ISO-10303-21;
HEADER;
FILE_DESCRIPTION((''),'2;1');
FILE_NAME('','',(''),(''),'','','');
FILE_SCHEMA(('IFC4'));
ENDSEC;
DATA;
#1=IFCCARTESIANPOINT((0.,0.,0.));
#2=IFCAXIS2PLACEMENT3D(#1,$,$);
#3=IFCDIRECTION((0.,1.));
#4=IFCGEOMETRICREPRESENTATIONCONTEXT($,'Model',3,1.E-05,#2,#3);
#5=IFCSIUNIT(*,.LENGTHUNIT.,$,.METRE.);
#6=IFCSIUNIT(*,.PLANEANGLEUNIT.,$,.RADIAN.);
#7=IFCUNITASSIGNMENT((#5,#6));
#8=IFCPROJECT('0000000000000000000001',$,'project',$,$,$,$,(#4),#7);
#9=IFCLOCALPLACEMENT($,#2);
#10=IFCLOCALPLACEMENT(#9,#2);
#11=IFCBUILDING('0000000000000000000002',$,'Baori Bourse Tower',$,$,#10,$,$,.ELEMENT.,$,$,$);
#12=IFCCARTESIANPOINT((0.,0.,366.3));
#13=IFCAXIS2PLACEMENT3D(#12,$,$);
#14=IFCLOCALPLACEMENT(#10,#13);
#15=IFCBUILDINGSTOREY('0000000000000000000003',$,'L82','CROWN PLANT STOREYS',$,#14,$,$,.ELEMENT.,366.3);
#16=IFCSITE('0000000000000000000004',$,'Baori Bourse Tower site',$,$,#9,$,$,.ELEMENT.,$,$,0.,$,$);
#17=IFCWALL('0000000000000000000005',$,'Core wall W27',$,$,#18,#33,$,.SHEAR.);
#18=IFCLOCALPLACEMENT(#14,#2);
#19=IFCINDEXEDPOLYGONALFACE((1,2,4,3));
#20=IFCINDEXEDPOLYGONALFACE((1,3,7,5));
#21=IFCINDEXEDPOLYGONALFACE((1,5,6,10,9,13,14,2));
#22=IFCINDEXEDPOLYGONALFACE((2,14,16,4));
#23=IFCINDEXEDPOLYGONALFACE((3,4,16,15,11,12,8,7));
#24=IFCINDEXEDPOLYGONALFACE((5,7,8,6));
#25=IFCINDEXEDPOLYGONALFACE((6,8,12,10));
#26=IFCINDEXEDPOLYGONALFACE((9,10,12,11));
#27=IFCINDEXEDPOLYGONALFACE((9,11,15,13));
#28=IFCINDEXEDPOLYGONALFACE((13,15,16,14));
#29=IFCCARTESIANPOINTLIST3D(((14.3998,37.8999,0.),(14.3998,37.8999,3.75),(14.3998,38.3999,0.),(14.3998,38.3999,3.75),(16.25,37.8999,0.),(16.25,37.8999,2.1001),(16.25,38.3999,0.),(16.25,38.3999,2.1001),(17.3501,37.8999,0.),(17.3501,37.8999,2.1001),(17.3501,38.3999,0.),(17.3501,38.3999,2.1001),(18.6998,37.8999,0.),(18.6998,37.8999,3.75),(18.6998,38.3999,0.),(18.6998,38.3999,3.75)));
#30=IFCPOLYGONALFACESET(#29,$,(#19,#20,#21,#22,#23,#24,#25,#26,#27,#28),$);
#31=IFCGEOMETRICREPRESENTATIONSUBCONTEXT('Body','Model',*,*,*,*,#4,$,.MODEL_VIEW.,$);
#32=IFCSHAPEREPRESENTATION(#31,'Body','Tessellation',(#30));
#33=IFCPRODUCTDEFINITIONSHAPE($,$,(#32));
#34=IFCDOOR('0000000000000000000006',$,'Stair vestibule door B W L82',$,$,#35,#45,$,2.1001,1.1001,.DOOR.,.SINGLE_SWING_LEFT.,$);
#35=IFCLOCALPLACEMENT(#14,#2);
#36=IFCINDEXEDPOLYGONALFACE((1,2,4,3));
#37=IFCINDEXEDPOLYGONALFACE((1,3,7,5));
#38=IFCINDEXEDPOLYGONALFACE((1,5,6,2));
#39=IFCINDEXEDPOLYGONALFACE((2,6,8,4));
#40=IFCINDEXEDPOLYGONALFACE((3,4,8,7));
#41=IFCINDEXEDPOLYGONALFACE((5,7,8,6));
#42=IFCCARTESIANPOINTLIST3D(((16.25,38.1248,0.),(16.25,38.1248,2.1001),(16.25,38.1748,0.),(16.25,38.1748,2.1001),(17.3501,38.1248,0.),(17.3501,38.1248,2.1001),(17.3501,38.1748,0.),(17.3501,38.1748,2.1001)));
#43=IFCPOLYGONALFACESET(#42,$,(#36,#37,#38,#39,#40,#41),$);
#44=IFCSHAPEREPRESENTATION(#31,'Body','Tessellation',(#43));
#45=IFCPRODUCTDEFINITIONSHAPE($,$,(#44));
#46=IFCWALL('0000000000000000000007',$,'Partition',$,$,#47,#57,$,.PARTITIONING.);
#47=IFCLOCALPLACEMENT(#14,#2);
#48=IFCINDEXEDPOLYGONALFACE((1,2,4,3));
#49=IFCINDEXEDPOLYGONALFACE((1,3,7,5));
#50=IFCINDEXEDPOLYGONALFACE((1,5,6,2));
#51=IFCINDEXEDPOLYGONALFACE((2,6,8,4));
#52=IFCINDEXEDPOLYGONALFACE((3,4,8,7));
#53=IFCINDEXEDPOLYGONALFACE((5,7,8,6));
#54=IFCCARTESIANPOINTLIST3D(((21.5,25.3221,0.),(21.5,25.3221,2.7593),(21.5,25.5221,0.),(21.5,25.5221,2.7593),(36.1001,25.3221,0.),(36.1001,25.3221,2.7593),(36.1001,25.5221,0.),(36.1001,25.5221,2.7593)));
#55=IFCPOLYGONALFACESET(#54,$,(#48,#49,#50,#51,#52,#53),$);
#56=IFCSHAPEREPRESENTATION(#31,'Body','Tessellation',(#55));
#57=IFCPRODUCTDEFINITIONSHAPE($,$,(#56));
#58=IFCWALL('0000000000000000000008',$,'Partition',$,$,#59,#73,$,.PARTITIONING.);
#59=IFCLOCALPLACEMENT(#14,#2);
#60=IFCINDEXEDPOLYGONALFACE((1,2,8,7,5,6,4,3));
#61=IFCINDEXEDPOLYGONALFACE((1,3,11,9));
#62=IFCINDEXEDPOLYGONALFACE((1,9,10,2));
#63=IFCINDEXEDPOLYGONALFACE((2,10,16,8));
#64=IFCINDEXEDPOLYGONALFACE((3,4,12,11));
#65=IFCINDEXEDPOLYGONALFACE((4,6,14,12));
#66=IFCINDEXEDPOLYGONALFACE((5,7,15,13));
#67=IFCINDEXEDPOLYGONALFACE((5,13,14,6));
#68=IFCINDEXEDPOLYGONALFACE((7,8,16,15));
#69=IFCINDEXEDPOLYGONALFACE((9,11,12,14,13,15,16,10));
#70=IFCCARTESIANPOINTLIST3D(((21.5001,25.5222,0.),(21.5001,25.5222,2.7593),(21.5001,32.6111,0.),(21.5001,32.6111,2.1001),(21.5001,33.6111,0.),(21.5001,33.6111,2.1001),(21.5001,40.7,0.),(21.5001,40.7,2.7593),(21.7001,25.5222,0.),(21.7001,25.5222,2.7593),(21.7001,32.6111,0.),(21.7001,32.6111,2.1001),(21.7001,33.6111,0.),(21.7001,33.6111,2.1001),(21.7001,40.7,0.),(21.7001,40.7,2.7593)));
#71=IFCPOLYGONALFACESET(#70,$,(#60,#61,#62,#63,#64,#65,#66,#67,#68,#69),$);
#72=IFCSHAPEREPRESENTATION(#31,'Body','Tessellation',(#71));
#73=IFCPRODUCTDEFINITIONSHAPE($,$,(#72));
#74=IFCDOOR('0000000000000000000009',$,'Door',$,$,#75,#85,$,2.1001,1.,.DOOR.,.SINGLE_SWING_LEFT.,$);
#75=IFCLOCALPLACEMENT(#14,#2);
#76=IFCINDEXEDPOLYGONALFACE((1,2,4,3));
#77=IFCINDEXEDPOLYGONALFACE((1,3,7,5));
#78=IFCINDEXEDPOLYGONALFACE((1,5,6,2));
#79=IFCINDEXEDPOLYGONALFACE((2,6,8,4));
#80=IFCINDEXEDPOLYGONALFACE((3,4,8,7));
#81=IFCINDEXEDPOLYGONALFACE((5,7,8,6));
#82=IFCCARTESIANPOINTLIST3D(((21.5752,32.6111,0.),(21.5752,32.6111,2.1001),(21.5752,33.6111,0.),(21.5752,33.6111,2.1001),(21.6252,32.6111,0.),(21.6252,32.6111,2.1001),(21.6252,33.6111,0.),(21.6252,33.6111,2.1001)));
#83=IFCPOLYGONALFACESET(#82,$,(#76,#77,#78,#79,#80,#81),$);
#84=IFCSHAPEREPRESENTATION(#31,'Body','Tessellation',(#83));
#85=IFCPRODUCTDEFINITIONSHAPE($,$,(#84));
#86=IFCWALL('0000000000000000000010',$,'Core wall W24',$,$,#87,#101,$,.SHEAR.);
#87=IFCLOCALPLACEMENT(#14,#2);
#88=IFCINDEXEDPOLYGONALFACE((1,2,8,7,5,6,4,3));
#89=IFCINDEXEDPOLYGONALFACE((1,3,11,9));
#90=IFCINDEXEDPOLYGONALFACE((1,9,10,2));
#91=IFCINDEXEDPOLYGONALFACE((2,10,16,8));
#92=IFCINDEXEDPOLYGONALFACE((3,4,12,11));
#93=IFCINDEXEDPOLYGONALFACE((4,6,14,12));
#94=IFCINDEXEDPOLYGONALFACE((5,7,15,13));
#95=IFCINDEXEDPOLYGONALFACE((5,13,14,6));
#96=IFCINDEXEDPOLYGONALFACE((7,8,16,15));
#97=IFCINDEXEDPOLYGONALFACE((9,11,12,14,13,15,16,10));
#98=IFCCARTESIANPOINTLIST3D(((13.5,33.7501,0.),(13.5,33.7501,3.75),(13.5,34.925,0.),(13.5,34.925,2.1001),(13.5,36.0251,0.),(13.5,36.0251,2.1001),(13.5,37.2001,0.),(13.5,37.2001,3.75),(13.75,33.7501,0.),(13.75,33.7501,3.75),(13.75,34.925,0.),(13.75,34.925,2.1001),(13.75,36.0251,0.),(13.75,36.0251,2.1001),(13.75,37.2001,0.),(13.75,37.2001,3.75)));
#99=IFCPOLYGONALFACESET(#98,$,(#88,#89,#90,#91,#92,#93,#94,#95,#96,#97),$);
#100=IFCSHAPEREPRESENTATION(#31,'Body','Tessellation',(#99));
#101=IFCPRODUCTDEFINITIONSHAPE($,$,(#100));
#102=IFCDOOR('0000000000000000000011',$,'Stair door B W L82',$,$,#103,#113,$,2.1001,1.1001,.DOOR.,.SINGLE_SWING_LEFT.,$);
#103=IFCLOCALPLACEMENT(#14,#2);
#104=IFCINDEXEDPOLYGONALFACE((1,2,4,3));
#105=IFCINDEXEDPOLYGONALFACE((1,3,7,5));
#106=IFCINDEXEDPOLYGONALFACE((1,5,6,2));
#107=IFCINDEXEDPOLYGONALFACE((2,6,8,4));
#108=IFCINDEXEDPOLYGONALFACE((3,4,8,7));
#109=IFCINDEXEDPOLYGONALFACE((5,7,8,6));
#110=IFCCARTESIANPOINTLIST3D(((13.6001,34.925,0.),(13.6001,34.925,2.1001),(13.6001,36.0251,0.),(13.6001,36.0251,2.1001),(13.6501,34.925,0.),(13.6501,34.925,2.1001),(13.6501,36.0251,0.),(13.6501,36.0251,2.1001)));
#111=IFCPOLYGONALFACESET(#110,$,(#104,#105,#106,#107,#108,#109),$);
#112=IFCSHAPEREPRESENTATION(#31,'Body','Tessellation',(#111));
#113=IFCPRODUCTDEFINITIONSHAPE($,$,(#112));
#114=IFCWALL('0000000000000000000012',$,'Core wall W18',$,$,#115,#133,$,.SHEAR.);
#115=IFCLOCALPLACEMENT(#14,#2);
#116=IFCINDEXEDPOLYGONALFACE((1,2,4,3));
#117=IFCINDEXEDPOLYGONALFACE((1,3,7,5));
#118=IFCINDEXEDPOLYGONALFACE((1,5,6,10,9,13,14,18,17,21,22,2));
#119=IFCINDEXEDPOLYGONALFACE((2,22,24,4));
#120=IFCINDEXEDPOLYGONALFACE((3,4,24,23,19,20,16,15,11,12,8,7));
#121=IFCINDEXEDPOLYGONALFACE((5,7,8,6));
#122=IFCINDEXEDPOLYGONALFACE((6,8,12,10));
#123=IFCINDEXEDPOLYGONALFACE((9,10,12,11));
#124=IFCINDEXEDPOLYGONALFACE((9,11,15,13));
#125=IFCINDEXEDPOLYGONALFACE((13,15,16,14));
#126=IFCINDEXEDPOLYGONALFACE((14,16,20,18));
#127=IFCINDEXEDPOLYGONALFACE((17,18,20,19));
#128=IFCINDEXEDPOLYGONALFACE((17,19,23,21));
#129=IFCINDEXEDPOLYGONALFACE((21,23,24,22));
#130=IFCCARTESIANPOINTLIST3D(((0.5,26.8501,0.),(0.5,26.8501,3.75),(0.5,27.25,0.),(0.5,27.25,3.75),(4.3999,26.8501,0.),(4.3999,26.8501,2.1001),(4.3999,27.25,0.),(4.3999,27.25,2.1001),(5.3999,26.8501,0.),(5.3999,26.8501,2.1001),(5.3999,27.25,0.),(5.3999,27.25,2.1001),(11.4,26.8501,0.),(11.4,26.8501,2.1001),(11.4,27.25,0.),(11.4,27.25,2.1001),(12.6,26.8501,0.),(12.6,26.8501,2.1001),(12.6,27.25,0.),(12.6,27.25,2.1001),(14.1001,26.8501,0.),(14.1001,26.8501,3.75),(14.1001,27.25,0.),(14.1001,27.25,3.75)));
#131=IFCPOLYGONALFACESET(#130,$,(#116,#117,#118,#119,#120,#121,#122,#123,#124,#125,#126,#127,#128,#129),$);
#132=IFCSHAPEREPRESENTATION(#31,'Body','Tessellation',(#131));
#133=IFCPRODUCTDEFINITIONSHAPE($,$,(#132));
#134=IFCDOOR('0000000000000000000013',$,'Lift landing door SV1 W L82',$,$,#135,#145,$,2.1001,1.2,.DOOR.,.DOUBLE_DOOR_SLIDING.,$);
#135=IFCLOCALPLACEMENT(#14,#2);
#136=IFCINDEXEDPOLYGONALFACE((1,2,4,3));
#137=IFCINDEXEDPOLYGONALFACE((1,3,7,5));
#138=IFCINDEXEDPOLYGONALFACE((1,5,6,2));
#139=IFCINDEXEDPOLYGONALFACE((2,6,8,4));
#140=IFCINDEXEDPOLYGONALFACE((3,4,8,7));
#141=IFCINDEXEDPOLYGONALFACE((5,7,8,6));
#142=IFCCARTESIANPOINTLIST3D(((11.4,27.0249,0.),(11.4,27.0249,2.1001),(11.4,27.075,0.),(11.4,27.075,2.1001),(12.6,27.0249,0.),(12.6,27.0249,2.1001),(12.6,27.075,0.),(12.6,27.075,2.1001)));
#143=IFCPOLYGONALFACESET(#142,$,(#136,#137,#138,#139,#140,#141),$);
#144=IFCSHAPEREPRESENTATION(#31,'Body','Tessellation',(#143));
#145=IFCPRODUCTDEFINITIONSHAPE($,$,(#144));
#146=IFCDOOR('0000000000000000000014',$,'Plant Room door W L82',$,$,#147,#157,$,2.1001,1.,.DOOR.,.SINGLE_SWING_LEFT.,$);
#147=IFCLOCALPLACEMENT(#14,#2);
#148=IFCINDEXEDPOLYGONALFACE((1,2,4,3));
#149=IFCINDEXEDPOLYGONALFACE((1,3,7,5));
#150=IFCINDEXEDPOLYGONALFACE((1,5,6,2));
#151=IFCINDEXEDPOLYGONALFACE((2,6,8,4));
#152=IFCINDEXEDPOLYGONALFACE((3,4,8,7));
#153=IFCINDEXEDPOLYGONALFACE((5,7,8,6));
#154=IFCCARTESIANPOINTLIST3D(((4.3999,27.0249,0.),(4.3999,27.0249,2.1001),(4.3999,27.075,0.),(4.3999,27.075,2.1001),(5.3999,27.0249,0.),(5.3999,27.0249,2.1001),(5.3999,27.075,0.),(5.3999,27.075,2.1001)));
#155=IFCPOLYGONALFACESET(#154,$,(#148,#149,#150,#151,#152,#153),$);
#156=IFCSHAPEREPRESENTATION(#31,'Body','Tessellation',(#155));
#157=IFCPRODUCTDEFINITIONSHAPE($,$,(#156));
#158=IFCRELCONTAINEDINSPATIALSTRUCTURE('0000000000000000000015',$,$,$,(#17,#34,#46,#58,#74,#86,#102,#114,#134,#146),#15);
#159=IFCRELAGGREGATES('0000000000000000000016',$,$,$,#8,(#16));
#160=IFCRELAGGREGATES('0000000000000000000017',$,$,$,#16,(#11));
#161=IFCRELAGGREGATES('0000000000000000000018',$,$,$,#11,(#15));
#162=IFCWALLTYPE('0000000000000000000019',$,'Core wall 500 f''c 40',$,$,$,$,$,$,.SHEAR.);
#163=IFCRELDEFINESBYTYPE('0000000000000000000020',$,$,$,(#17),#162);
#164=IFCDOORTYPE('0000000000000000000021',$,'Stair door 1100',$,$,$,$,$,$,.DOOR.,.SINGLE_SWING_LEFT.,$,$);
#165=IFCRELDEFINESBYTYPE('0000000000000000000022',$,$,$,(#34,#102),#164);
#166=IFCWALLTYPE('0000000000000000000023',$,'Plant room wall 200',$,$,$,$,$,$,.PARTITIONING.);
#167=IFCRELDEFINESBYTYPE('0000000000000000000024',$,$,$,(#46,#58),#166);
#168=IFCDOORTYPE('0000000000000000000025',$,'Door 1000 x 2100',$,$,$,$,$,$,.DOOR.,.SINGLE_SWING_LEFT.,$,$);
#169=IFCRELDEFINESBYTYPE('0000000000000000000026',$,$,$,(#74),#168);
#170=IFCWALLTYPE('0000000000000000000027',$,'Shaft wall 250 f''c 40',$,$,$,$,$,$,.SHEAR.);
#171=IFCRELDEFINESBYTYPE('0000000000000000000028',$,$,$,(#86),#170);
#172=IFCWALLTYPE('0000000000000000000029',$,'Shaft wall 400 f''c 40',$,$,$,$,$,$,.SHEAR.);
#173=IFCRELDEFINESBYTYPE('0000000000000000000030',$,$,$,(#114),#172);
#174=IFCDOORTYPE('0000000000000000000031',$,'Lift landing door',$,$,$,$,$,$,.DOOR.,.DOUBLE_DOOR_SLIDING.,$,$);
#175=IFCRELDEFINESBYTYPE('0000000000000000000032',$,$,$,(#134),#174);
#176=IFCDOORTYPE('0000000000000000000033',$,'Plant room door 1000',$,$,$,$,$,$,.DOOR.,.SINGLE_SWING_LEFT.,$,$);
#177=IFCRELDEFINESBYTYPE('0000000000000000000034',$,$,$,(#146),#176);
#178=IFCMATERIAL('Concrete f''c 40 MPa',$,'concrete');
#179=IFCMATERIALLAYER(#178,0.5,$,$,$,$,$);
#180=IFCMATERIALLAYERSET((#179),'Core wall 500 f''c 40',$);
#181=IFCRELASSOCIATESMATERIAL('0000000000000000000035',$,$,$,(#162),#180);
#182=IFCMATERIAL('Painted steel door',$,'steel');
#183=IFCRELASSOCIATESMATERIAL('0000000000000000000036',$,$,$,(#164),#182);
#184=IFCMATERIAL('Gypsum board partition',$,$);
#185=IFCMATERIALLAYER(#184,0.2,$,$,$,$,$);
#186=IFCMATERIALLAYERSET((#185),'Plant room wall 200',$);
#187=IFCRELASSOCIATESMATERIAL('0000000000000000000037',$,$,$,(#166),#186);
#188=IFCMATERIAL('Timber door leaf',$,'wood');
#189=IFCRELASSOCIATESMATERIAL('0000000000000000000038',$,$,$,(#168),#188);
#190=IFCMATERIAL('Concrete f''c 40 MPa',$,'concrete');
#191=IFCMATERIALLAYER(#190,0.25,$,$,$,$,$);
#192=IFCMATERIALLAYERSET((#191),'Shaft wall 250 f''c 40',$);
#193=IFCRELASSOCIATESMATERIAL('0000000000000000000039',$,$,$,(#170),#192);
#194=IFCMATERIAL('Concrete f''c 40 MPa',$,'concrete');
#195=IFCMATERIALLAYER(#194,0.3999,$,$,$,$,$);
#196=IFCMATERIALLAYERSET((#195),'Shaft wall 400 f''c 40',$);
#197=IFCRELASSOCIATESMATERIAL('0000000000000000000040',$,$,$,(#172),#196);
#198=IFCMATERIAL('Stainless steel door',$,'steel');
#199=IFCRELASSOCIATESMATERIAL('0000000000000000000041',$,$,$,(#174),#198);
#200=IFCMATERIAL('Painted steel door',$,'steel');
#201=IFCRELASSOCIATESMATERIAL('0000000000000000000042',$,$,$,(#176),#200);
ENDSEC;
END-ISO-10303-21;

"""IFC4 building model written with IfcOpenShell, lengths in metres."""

from ifc_helpers import new_model, si_unit, direction, frame, frame_2d, origin, place, context, subcontext, project, spatial, rectangle, extrude, material, layer, layer_set, type_object, element, fill, save


model = new_model("IFC4")

# Units and contexts
model_context = context("Model", 3, precision=1e-05, world=origin(), true_north=direction((0.0, 1.0)))
body_context = subcontext(model_context, "Body", "Model", "MODEL_VIEW")
ifc_project = project(units=[si_unit("LENGTHUNIT", "METRE"), si_unit("PLANEANGLEUNIT", "RADIAN")], contexts=[model_context])

# Site, building, storey
site_placement = place(None, origin())
site = spatial("IfcSite", under=ifc_project, at=site_placement, Name="Baori Bourse Tower site", CompositionType="ELEMENT", RefElevation=0.0)
building_placement = place(site_placement, origin())
building = spatial("IfcBuilding", under=site, at=building_placement, Name="Baori Bourse Tower", CompositionType="ELEMENT")
storey_placement = place(building_placement, frame((0.0, 0.0, 366.3)))
storey = spatial("IfcBuildingStorey", under=building, at=storey_placement, Name="L82", Description="CROWN PLANT STOREYS", CompositionType="ELEMENT", Elevation=366.3)

# Shared definitions
ifc_material_1 = material(Name="Concrete f'c 40 MPa", Category="concrete")
ifc_layer_1 = layer(ifc_material_1, 0.5)
ifc_layer_set_1 = layer_set([ifc_layer_1], Name="Core wall 500 f'c 40")
wall_type_1 = type_object("IfcWallType", Name="Core wall 500 f'c 40", PredefinedType="SHEAR", material=ifc_layer_set_1)

# Wall, opening, door
wall_1_placement = place(storey_placement, frame((14.3999, 38.1499, 0.0), z_axis=(0.0, 0.0, 1.0), x_axis=(1.0, 0.0, 0.0)))
wall_1 = element("IfcWall", 1, at=wall_1_placement, inside=storey, type_object=wall_type_1, Name="Core wall W27", PredefinedType="SHEAR", context=body_context, shape_type="SweptSolid", body=[
    extrude(rectangle(XDim=4.3, YDim=0.5, at=frame_2d((2.1499, 0.0))), origin(), (0.0, 0.0, 1.0), 3.75),
])
opening_1_placement = place(wall_1_placement, frame((1.8501, 0.0, 0.0)))
opening_1 = element("IfcOpeningElement", 2, at=opening_1_placement, cuts=wall_1, PredefinedType="OPENING", context=body_context, shape_type="SweptSolid", body=[
    extrude(rectangle(XDim=1.1001, YDim=2.1001, at=frame_2d((0.55, 1.05))), frame((0.0, 0.26, 0.0), z_axis=(0.0, -1.0, 0.0), x_axis=(1.0, 0.0, 0.0)), (0.0, 0.0, 1.0), 0.52),
])
ifc_material_2 = material(Name="Painted steel door", Category="steel")
door_type_1 = type_object("IfcDoorType", Name="Stair door 1100", OperationType="SINGLE_SWING_LEFT", PredefinedType="DOOR", material=ifc_material_2)
door_1_placement = place(opening_1_placement, origin())
door_1 = element("IfcDoor", 3, at=door_1_placement, inside=storey, type_object=door_type_1, Name="Stair vestibule door B W L82", OperationType="SINGLE_SWING_LEFT", OverallHeight=2.1001, OverallWidth=1.1001, PredefinedType="DOOR", context=body_context, shape_type="SweptSolid", body=[
    extrude(rectangle(XDim=1.1001, YDim=2.1001, at=frame_2d((0.55, 1.05))), frame((0.0, 0.0249, 0.0), z_axis=(0.0, -1.0, 0.0), x_axis=(1.0, 0.0, 0.0)), (0.0, 0.0, 1.0), 0.05),
])
fill(opening_1, door_1)

# Wall
ifc_material_3 = material(Name="Gypsum board partition")
ifc_layer_2 = layer(ifc_material_3, 0.2)
ifc_layer_set_2 = layer_set([ifc_layer_2], Name="Plant room wall 200")
wall_type_2 = type_object("IfcWallType", Name="Plant room wall 200", PredefinedType="PARTITIONING", material=ifc_layer_set_2)
wall_2_placement = place(storey_placement, frame((21.5, 25.4221, 0.0), z_axis=(0.0, 0.0, 1.0), x_axis=(1.0, 0.0, 0.0)))
element("IfcWall", 4, at=wall_2_placement, inside=storey, type_object=wall_type_2, Name="Partition", PredefinedType="PARTITIONING", context=body_context, shape_type="SweptSolid", body=[
    extrude(rectangle(XDim=14.6001, YDim=0.2, at=frame_2d((7.3, 0.0))), origin(), (0.0, 0.0, 1.0), 2.7593),
])

# Walls, openings, doors
wall_3_placement = place(storey_placement, frame((21.6001, 25.5222, 0.0), z_axis=(0.0, 0.0, 1.0), x_axis=(0.0, 1.0, 0.0)))
wall_3 = element("IfcWall", 5, at=wall_3_placement, inside=storey, type_object=wall_type_2, Name="Partition", PredefinedType="PARTITIONING", context=body_context, shape_type="SweptSolid", body=[
    extrude(rectangle(XDim=15.1777, YDim=0.2, at=frame_2d((7.5889, 0.0))), origin(), (0.0, 0.0, 1.0), 2.7593),
])
opening_2_placement = place(wall_3_placement, frame((7.0889, 0.0, 0.0)))
opening_2 = element("IfcOpeningElement", 6, at=opening_2_placement, cuts=wall_3, PredefinedType="OPENING", context=body_context, shape_type="SweptSolid", body=[
    extrude(rectangle(XDim=1.0, YDim=2.1001, at=frame_2d((0.5, 1.05))), frame((0.0, 0.1099, 0.0), z_axis=(0.0, -1.0, 0.0), x_axis=(1.0, 0.0, 0.0)), (0.0, 0.0, 1.0), 0.22),
])
ifc_material_4 = material(Name="Timber door leaf", Category="wood")
door_type_2 = type_object("IfcDoorType", Name="Door 1000 x 2100", OperationType="SINGLE_SWING_LEFT", PredefinedType="DOOR", material=ifc_material_4)
door_2_placement = place(opening_2_placement, origin())
door_2 = element("IfcDoor", 7, at=door_2_placement, inside=storey, type_object=door_type_2, Name="Door", OperationType="SINGLE_SWING_LEFT", OverallHeight=2.1001, OverallWidth=1.0, PredefinedType="DOOR", context=body_context, shape_type="SweptSolid", body=[
    extrude(rectangle(XDim=1.0, YDim=2.1001, at=frame_2d((0.5, 1.05))), frame((0.0, 0.0249, 0.0), z_axis=(0.0, -1.0, 0.0), x_axis=(1.0, 0.0, 0.0)), (0.0, 0.0, 1.0), 0.05),
])
fill(opening_2, door_2)
ifc_material_5 = material(Name="Concrete f'c 40 MPa", Category="concrete")
ifc_layer_3 = layer(ifc_material_5, 0.25)
ifc_layer_set_3 = layer_set([ifc_layer_3], Name="Shaft wall 250 f'c 40")
wall_type_3 = type_object("IfcWallType", Name="Shaft wall 250 f'c 40", PredefinedType="SHEAR", material=ifc_layer_set_3)
wall_4_placement = place(storey_placement, frame((13.625, 33.75, 0.0), z_axis=(0.0, 0.0, 1.0), x_axis=(0.0, 1.0, 0.0)))
wall_4 = element("IfcWall", 8, at=wall_4_placement, inside=storey, type_object=wall_type_3, Name="Core wall W24", PredefinedType="SHEAR", context=body_context, shape_type="SweptSolid", body=[
    extrude(rectangle(XDim=3.45, YDim=0.25, at=frame_2d((1.7251, 0.0))), origin(), (0.0, 0.0, 1.0), 3.75),
])
opening_3_placement = place(wall_4_placement, frame((1.175, 0.0, 0.0)))
opening_3 = element("IfcOpeningElement", 9, at=opening_3_placement, cuts=wall_4, PredefinedType="OPENING", context=body_context, shape_type="SweptSolid", body=[
    extrude(rectangle(XDim=1.1001, YDim=2.1001, at=frame_2d((0.55, 1.05))), frame((0.0, 0.135, 0.0), z_axis=(0.0, -1.0, 0.0), x_axis=(1.0, 0.0, 0.0)), (0.0, 0.0, 1.0), 0.27),
])
door_3_placement = place(opening_3_placement, origin())
door_3 = element("IfcDoor", 10, at=door_3_placement, inside=storey, type_object=door_type_1, Name="Stair door B W L82", OperationType="SINGLE_SWING_LEFT", OverallHeight=2.1001, OverallWidth=1.1001, PredefinedType="DOOR", context=body_context, shape_type="SweptSolid", body=[
    extrude(rectangle(XDim=1.1001, YDim=2.1001, at=frame_2d((0.55, 1.05))), frame((0.0, 0.0249, 0.0), z_axis=(0.0, -1.0, 0.0), x_axis=(1.0, 0.0, 0.0)), (0.0, 0.0, 1.0), 0.05),
])
fill(opening_3, door_3)

# Wall, openings, doors
ifc_material_6 = material(Name="Concrete f'c 40 MPa", Category="concrete")
ifc_layer_4 = layer(ifc_material_6, 0.3999)
ifc_layer_set_4 = layer_set([ifc_layer_4], Name="Shaft wall 400 f'c 40")
wall_type_4 = type_object("IfcWallType", Name="Shaft wall 400 f'c 40", PredefinedType="SHEAR", material=ifc_layer_set_4)
wall_5_placement = place(storey_placement, frame((0.5, 27.05, 0.0), z_axis=(0.0, 0.0, 1.0), x_axis=(1.0, 0.0, 0.0)))
wall_5 = element("IfcWall", 11, at=wall_5_placement, inside=storey, type_object=wall_type_4, Name="Core wall W18", PredefinedType="SHEAR", context=body_context, shape_type="SweptSolid", body=[
    extrude(rectangle(XDim=13.6001, YDim=0.3999, at=frame_2d((6.8, 0.0))), origin(), (0.0, 0.0, 1.0), 3.75),
])
opening_4_placement = place(wall_5_placement, frame((3.8999, 0.0, 0.0)))
opening_4 = element("IfcOpeningElement", 12, at=opening_4_placement, cuts=wall_5, PredefinedType="OPENING", context=body_context, shape_type="SweptSolid", body=[
    extrude(rectangle(XDim=1.0, YDim=2.1001, at=frame_2d((0.5, 1.05))), frame((0.0, 0.21, 0.0), z_axis=(0.0, -1.0, 0.0), x_axis=(1.0, 0.0, 0.0)), (0.0, 0.0, 1.0), 0.4199),
])
opening_5_placement = place(wall_5_placement, frame((10.8999, 0.0, 0.0)))
opening_5 = element("IfcOpeningElement", 13, at=opening_5_placement, cuts=wall_5, PredefinedType="OPENING", context=body_context, shape_type="SweptSolid", body=[
    extrude(rectangle(XDim=1.2, YDim=2.1001, at=frame_2d((0.6001, 1.05))), frame((0.0, 0.21, 0.0), z_axis=(0.0, -1.0, 0.0), x_axis=(1.0, 0.0, 0.0)), (0.0, 0.0, 1.0), 0.4199),
])
ifc_material_7 = material(Name="Stainless steel door", Category="steel")
door_type_3 = type_object("IfcDoorType", Name="Lift landing door", OperationType="DOUBLE_DOOR_SLIDING", PredefinedType="DOOR", material=ifc_material_7)
door_4_placement = place(opening_5_placement, origin())
door_4 = element("IfcDoor", 14, at=door_4_placement, inside=storey, type_object=door_type_3, Name="Lift landing door SV1 W L82", OperationType="DOUBLE_DOOR_SLIDING", OverallHeight=2.1001, OverallWidth=1.2, PredefinedType="DOOR", context=body_context, shape_type="SweptSolid", body=[
    extrude(rectangle(XDim=1.2, YDim=2.1001, at=frame_2d((0.6001, 1.05))), frame((0.0, 0.0249, 0.0), z_axis=(0.0, -1.0, 0.0), x_axis=(1.0, 0.0, 0.0)), (0.0, 0.0, 1.0), 0.05),
])
fill(opening_5, door_4)
ifc_material_8 = material(Name="Painted steel door", Category="steel")
door_type_4 = type_object("IfcDoorType", Name="Plant room door 1000", OperationType="SINGLE_SWING_LEFT", PredefinedType="DOOR", material=ifc_material_8)
door_5_placement = place(opening_4_placement, origin())
door_5 = element("IfcDoor", 15, at=door_5_placement, inside=storey, type_object=door_type_4, Name="Plant Room door W L82", OperationType="SINGLE_SWING_LEFT", OverallHeight=2.1001, OverallWidth=1.0, PredefinedType="DOOR", context=body_context, shape_type="SweptSolid", body=[
    extrude(rectangle(XDim=1.0, YDim=2.1001, at=frame_2d((0.5, 1.05))), frame((0.0, 0.0249, 0.0), z_axis=(0.0, -1.0, 0.0), x_axis=(1.0, 0.0, 0.0)), (0.0, 0.0, 1.0), 0.05),
])
fill(opening_4, door_5)

save(model, "model.ifc")
